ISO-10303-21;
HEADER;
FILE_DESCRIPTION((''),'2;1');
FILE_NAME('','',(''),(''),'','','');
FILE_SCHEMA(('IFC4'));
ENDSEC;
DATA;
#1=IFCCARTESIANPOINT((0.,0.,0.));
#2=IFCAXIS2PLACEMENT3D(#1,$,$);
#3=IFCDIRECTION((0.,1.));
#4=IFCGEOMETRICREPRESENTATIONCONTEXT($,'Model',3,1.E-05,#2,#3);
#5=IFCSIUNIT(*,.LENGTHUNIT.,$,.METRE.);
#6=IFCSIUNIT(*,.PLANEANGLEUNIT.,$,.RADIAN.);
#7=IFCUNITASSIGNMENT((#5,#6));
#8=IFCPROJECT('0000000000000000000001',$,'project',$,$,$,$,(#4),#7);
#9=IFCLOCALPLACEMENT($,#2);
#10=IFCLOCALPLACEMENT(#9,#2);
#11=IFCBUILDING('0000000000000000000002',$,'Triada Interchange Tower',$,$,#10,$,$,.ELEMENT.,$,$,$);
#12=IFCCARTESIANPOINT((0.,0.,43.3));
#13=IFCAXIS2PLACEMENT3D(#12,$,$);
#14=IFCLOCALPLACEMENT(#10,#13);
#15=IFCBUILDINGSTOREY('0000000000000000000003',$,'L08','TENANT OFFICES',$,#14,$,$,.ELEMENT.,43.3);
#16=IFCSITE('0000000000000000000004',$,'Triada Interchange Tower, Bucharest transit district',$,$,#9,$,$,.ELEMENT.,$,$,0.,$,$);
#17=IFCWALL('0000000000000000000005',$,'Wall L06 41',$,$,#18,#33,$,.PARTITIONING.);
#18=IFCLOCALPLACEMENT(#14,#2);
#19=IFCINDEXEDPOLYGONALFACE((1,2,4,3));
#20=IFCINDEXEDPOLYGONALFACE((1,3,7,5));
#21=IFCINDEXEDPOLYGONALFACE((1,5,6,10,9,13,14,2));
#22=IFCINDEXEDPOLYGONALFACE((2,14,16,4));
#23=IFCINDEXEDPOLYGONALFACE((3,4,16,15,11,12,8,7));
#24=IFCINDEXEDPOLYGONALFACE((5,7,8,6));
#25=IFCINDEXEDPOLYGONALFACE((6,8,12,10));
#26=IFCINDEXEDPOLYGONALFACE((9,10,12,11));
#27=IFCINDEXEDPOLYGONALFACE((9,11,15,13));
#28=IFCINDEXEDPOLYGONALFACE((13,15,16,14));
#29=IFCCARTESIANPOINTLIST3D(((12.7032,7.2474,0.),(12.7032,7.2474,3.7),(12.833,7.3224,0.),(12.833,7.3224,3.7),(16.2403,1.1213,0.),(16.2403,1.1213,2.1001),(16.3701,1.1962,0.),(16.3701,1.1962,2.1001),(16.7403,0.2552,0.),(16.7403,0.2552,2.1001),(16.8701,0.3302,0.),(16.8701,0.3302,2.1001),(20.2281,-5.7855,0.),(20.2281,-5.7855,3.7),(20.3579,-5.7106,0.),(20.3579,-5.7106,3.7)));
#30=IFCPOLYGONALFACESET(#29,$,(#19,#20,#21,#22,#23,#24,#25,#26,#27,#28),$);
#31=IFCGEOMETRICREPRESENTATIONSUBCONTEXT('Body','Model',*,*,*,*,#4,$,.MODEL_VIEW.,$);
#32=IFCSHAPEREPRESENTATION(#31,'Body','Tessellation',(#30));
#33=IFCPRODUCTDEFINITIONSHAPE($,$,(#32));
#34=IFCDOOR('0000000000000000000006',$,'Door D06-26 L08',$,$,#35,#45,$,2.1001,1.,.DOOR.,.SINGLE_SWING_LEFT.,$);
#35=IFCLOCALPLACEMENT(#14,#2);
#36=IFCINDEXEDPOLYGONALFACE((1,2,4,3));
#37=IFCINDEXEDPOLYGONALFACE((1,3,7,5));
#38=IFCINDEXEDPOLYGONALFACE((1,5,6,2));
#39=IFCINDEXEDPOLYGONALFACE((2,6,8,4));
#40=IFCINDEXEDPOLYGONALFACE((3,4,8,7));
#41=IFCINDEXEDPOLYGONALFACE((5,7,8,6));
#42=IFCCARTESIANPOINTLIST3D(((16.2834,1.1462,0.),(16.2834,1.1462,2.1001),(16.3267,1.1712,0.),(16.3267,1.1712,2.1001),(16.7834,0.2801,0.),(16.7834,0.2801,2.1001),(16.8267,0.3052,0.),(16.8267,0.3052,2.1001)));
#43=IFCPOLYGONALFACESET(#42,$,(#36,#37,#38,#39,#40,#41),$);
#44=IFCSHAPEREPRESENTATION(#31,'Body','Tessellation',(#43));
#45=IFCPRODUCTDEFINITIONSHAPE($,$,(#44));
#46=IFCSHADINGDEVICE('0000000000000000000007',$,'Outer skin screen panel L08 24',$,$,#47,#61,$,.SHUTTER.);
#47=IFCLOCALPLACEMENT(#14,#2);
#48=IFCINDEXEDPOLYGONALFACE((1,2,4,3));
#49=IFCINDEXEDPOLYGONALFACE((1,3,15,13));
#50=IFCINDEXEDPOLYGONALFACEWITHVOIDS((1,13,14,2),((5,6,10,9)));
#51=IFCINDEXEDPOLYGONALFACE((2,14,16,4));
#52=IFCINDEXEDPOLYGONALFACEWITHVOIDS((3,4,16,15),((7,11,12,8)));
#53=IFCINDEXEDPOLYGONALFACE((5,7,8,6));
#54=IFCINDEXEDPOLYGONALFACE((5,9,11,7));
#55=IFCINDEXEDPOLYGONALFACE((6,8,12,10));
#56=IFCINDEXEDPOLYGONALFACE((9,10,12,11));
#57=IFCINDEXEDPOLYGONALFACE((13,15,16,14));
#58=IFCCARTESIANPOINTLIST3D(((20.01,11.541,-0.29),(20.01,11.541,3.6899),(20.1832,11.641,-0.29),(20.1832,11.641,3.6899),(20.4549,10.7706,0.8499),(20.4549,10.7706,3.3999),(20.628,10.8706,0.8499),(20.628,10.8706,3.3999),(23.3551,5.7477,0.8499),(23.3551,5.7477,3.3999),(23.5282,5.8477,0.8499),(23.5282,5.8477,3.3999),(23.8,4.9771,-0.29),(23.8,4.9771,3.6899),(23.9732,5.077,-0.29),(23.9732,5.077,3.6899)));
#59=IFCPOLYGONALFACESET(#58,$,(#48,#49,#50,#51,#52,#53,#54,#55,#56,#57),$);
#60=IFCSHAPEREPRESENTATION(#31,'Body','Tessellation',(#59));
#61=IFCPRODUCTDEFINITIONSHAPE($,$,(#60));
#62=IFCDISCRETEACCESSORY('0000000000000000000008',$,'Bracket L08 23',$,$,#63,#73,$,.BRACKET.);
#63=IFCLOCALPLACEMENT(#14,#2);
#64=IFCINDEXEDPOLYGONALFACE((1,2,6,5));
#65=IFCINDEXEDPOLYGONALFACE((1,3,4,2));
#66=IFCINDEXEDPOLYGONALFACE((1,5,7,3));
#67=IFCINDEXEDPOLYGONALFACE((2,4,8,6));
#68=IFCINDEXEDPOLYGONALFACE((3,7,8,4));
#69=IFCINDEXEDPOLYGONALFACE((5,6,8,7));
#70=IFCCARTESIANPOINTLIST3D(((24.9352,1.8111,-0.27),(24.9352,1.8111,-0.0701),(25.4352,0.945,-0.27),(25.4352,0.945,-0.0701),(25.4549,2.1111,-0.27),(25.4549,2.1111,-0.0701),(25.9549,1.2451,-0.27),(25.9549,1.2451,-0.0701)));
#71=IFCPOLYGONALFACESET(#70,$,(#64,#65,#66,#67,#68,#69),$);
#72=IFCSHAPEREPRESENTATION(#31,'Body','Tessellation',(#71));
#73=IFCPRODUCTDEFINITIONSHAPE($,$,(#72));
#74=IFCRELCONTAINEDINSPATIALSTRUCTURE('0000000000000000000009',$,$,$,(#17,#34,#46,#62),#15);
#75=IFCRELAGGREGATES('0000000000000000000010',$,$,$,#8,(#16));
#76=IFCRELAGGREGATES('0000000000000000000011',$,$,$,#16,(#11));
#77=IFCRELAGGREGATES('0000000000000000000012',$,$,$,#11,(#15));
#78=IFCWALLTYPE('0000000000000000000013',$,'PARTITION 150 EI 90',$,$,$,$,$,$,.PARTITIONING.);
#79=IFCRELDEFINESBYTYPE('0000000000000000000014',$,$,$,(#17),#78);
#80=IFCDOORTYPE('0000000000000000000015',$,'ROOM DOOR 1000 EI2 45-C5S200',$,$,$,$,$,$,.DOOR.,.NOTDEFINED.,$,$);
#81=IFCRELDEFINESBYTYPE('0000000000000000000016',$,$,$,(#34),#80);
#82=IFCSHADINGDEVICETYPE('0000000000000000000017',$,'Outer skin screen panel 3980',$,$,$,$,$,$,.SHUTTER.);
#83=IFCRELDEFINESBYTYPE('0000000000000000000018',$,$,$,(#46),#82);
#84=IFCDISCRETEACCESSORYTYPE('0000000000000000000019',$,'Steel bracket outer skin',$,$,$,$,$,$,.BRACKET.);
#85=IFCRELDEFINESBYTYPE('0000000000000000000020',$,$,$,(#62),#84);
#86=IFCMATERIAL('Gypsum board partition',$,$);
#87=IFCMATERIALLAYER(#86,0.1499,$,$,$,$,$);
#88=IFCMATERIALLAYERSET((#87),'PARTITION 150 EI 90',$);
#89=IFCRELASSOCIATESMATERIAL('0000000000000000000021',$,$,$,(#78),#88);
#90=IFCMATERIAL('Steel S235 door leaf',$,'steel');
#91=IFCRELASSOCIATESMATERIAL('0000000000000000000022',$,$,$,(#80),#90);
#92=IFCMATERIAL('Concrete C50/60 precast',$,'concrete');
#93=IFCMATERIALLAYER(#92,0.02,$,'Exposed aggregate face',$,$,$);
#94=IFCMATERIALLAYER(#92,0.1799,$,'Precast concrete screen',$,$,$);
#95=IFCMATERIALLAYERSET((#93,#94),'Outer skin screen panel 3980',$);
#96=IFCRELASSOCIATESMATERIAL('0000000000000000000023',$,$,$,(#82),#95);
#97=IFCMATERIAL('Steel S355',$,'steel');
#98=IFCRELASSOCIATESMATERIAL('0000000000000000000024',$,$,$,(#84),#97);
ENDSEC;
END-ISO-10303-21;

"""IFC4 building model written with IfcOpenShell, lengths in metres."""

from ifc_helpers import new_model, si_unit, direction, frame, frame_2d, origin, origin_2d, place, context, subcontext, project, spatial, polyline, rectangle, outline, extrude, material, layer, layer_set, type_object, element, fill, save


model = new_model("IFC4")

# Units and contexts
model_context = context("Model", 3, precision=1e-05, world=origin(), true_north=direction((0.0, 1.0)))
body_context = subcontext(model_context, "Body", "Model", "MODEL_VIEW")
ifc_project = project(units=[si_unit("LENGTHUNIT", "METRE"), si_unit("PLANEANGLEUNIT", "RADIAN")], contexts=[model_context])

# Site, building, storey
site_placement = place(None, origin())
site = spatial("IfcSite", under=ifc_project, at=site_placement, Name="Triada Interchange Tower, Bucharest transit district", CompositionType="ELEMENT", RefElevation=0.0)
building_placement = place(site_placement, origin())
building = spatial("IfcBuilding", under=site, at=building_placement, Name="Triada Interchange Tower", CompositionType="ELEMENT")
storey_placement = place(building_placement, frame((0.0, 0.0, 43.3)))
storey = spatial("IfcBuildingStorey", under=building, at=storey_placement, Name="L08", Description="TENANT OFFICES", CompositionType="ELEMENT", Elevation=43.3)

# Shared definitions
ifc_material_1 = material(Name="Steel S235 door leaf", Category="steel")

# Shared definitions
ifc_material_2 = material(Name="Gypsum board partition")

# Wall, opening, door
ifc_layer_1 = layer(ifc_material_2, 0.1499)
ifc_layer_set_1 = layer_set([ifc_layer_1], Name="PARTITION 150 EI 90")
wall_type_1 = type_object("IfcWallType", Name="PARTITION 150 EI 90", PredefinedType="PARTITIONING", material=ifc_layer_set_1)
wall_1_placement = place(storey_placement, frame((12.7681, 7.2849, 0.0), z_axis=(0.0, 0.0, 1.0), x_axis=(0.500016, -0.866016, 0.0)))
wall_1 = element("IfcWall", 1, at=wall_1_placement, inside=storey, type_object=wall_type_1, Name="Wall L06 41", PredefinedType="PARTITIONING", context=body_context, shape_type="SweptSolid", body=[
    extrude(rectangle(XDim=15.0493, YDim=0.1499, at=frame_2d((7.5247, 0.0))), origin(), (0.0, 0.0, 1.0), 3.7),
])
opening_1_placement = place(wall_1_placement, frame((7.074, 0.0, 0.0)))
opening_1 = element("IfcOpeningElement", 2, at=opening_1_placement, cuts=wall_1, PredefinedType="OPENING", context=body_context, shape_type="SweptSolid", body=[
    extrude(rectangle(XDim=1.0, YDim=2.1001, at=frame_2d((0.5, 1.05))), frame((0.0, 0.085, 0.0), z_axis=(0.0, -1.0, 0.0), x_axis=(1.0, 0.0, 0.0)), (0.0, 0.0, 1.0), 0.1699),
])
door_type_1 = type_object("IfcDoorType", Name="ROOM DOOR 1000 EI2 45-C5S200", OperationType="NOTDEFINED", PredefinedType="DOOR", material=ifc_material_1)
door_1_placement = place(opening_1_placement, origin())
door_1 = element("IfcDoor", 3, at=door_1_placement, inside=storey, type_object=door_type_1, Name="Door D06-26 L08", OperationType="SINGLE_SWING_LEFT", OverallHeight=2.1001, OverallWidth=1.0, PredefinedType="DOOR", context=body_context, shape_type="SweptSolid", body=[
    extrude(rectangle(XDim=1.0, YDim=2.1001, at=frame_2d((0.5, 1.05))), frame((0.0, 0.0249, 0.0), z_axis=(0.0, -1.0, 0.0), x_axis=(1.0, 0.0, 0.0)), (0.0, 0.0, 1.0), 0.05),
])
fill(opening_1, door_1)

# Shading device
ifc_material_3 = material(Name="Concrete C50/60 precast", Category="concrete")
ifc_layer_2 = layer(ifc_material_3, 0.02, Name="Exposed aggregate face")
ifc_layer_3 = layer(ifc_material_3, 0.1799, Name="Precast concrete screen")
ifc_layer_set_2 = layer_set([ifc_layer_2, ifc_layer_3], Name="Outer skin screen panel 3980")
shading_device_type = type_object("IfcShadingDeviceType", Name="Outer skin screen panel 3980", PredefinedType="SHUTTER", material=ifc_layer_set_2)
shading_device_placement = place(storey_placement, frame((23.8, 4.9771, -0.29), z_axis=(0.0, 0.0, 1.0), x_axis=(-0.500033, 0.866006, 0.0)))
element("IfcShadingDevice", 4, at=shading_device_placement, inside=storey, type_object=shading_device_type, Name="Outer skin screen panel L08 24", PredefinedType="SHUTTER", context=body_context, shape_type="SweptSolid", body=[
    extrude(outline(polyline([(0.0, 0.0), (7.5796, 0.0), (7.5796, 3.98), (0.0, 3.98), (0.0, 0.0)]), holes=[polyline([(0.8899, 1.1399), (0.8899, 3.6899), (6.6899, 3.6899), (6.6899, 1.1399), (0.8899, 1.1399)])]), frame((0.0, 0.0, 0.0), z_axis=(0.0, -1.0, 0.0), x_axis=(1.0, 0.0, 0.0)), (0.0, 0.0, 1.0), 0.2),
])

# Discrete accessory
ifc_material_4 = material(Name="Steel S355", Category="steel")
discrete_accessory_type = type_object("IfcDiscreteAccessoryType", Name="Steel bracket outer skin", PredefinedType="BRACKET", material=ifc_material_4)
discrete_accessory_placement = place(storey_placement, frame((25.4451, 1.5281, -0.27), z_axis=(0.0, 0.0, 1.0), x_axis=(0.866021, 0.500008, 0.0)))
element("IfcDiscreteAccessory", 5, at=discrete_accessory_placement, inside=storey, type_object=discrete_accessory_type, Name="Bracket L08 23", PredefinedType="BRACKET", context=body_context, shape_type="SweptSolid", body=[
    extrude(rectangle(XDim=0.6001, YDim=1.0, at=origin_2d()), origin(), (0.0, 0.0, 1.0), 0.2),
])

save(model, "model.ifc")
